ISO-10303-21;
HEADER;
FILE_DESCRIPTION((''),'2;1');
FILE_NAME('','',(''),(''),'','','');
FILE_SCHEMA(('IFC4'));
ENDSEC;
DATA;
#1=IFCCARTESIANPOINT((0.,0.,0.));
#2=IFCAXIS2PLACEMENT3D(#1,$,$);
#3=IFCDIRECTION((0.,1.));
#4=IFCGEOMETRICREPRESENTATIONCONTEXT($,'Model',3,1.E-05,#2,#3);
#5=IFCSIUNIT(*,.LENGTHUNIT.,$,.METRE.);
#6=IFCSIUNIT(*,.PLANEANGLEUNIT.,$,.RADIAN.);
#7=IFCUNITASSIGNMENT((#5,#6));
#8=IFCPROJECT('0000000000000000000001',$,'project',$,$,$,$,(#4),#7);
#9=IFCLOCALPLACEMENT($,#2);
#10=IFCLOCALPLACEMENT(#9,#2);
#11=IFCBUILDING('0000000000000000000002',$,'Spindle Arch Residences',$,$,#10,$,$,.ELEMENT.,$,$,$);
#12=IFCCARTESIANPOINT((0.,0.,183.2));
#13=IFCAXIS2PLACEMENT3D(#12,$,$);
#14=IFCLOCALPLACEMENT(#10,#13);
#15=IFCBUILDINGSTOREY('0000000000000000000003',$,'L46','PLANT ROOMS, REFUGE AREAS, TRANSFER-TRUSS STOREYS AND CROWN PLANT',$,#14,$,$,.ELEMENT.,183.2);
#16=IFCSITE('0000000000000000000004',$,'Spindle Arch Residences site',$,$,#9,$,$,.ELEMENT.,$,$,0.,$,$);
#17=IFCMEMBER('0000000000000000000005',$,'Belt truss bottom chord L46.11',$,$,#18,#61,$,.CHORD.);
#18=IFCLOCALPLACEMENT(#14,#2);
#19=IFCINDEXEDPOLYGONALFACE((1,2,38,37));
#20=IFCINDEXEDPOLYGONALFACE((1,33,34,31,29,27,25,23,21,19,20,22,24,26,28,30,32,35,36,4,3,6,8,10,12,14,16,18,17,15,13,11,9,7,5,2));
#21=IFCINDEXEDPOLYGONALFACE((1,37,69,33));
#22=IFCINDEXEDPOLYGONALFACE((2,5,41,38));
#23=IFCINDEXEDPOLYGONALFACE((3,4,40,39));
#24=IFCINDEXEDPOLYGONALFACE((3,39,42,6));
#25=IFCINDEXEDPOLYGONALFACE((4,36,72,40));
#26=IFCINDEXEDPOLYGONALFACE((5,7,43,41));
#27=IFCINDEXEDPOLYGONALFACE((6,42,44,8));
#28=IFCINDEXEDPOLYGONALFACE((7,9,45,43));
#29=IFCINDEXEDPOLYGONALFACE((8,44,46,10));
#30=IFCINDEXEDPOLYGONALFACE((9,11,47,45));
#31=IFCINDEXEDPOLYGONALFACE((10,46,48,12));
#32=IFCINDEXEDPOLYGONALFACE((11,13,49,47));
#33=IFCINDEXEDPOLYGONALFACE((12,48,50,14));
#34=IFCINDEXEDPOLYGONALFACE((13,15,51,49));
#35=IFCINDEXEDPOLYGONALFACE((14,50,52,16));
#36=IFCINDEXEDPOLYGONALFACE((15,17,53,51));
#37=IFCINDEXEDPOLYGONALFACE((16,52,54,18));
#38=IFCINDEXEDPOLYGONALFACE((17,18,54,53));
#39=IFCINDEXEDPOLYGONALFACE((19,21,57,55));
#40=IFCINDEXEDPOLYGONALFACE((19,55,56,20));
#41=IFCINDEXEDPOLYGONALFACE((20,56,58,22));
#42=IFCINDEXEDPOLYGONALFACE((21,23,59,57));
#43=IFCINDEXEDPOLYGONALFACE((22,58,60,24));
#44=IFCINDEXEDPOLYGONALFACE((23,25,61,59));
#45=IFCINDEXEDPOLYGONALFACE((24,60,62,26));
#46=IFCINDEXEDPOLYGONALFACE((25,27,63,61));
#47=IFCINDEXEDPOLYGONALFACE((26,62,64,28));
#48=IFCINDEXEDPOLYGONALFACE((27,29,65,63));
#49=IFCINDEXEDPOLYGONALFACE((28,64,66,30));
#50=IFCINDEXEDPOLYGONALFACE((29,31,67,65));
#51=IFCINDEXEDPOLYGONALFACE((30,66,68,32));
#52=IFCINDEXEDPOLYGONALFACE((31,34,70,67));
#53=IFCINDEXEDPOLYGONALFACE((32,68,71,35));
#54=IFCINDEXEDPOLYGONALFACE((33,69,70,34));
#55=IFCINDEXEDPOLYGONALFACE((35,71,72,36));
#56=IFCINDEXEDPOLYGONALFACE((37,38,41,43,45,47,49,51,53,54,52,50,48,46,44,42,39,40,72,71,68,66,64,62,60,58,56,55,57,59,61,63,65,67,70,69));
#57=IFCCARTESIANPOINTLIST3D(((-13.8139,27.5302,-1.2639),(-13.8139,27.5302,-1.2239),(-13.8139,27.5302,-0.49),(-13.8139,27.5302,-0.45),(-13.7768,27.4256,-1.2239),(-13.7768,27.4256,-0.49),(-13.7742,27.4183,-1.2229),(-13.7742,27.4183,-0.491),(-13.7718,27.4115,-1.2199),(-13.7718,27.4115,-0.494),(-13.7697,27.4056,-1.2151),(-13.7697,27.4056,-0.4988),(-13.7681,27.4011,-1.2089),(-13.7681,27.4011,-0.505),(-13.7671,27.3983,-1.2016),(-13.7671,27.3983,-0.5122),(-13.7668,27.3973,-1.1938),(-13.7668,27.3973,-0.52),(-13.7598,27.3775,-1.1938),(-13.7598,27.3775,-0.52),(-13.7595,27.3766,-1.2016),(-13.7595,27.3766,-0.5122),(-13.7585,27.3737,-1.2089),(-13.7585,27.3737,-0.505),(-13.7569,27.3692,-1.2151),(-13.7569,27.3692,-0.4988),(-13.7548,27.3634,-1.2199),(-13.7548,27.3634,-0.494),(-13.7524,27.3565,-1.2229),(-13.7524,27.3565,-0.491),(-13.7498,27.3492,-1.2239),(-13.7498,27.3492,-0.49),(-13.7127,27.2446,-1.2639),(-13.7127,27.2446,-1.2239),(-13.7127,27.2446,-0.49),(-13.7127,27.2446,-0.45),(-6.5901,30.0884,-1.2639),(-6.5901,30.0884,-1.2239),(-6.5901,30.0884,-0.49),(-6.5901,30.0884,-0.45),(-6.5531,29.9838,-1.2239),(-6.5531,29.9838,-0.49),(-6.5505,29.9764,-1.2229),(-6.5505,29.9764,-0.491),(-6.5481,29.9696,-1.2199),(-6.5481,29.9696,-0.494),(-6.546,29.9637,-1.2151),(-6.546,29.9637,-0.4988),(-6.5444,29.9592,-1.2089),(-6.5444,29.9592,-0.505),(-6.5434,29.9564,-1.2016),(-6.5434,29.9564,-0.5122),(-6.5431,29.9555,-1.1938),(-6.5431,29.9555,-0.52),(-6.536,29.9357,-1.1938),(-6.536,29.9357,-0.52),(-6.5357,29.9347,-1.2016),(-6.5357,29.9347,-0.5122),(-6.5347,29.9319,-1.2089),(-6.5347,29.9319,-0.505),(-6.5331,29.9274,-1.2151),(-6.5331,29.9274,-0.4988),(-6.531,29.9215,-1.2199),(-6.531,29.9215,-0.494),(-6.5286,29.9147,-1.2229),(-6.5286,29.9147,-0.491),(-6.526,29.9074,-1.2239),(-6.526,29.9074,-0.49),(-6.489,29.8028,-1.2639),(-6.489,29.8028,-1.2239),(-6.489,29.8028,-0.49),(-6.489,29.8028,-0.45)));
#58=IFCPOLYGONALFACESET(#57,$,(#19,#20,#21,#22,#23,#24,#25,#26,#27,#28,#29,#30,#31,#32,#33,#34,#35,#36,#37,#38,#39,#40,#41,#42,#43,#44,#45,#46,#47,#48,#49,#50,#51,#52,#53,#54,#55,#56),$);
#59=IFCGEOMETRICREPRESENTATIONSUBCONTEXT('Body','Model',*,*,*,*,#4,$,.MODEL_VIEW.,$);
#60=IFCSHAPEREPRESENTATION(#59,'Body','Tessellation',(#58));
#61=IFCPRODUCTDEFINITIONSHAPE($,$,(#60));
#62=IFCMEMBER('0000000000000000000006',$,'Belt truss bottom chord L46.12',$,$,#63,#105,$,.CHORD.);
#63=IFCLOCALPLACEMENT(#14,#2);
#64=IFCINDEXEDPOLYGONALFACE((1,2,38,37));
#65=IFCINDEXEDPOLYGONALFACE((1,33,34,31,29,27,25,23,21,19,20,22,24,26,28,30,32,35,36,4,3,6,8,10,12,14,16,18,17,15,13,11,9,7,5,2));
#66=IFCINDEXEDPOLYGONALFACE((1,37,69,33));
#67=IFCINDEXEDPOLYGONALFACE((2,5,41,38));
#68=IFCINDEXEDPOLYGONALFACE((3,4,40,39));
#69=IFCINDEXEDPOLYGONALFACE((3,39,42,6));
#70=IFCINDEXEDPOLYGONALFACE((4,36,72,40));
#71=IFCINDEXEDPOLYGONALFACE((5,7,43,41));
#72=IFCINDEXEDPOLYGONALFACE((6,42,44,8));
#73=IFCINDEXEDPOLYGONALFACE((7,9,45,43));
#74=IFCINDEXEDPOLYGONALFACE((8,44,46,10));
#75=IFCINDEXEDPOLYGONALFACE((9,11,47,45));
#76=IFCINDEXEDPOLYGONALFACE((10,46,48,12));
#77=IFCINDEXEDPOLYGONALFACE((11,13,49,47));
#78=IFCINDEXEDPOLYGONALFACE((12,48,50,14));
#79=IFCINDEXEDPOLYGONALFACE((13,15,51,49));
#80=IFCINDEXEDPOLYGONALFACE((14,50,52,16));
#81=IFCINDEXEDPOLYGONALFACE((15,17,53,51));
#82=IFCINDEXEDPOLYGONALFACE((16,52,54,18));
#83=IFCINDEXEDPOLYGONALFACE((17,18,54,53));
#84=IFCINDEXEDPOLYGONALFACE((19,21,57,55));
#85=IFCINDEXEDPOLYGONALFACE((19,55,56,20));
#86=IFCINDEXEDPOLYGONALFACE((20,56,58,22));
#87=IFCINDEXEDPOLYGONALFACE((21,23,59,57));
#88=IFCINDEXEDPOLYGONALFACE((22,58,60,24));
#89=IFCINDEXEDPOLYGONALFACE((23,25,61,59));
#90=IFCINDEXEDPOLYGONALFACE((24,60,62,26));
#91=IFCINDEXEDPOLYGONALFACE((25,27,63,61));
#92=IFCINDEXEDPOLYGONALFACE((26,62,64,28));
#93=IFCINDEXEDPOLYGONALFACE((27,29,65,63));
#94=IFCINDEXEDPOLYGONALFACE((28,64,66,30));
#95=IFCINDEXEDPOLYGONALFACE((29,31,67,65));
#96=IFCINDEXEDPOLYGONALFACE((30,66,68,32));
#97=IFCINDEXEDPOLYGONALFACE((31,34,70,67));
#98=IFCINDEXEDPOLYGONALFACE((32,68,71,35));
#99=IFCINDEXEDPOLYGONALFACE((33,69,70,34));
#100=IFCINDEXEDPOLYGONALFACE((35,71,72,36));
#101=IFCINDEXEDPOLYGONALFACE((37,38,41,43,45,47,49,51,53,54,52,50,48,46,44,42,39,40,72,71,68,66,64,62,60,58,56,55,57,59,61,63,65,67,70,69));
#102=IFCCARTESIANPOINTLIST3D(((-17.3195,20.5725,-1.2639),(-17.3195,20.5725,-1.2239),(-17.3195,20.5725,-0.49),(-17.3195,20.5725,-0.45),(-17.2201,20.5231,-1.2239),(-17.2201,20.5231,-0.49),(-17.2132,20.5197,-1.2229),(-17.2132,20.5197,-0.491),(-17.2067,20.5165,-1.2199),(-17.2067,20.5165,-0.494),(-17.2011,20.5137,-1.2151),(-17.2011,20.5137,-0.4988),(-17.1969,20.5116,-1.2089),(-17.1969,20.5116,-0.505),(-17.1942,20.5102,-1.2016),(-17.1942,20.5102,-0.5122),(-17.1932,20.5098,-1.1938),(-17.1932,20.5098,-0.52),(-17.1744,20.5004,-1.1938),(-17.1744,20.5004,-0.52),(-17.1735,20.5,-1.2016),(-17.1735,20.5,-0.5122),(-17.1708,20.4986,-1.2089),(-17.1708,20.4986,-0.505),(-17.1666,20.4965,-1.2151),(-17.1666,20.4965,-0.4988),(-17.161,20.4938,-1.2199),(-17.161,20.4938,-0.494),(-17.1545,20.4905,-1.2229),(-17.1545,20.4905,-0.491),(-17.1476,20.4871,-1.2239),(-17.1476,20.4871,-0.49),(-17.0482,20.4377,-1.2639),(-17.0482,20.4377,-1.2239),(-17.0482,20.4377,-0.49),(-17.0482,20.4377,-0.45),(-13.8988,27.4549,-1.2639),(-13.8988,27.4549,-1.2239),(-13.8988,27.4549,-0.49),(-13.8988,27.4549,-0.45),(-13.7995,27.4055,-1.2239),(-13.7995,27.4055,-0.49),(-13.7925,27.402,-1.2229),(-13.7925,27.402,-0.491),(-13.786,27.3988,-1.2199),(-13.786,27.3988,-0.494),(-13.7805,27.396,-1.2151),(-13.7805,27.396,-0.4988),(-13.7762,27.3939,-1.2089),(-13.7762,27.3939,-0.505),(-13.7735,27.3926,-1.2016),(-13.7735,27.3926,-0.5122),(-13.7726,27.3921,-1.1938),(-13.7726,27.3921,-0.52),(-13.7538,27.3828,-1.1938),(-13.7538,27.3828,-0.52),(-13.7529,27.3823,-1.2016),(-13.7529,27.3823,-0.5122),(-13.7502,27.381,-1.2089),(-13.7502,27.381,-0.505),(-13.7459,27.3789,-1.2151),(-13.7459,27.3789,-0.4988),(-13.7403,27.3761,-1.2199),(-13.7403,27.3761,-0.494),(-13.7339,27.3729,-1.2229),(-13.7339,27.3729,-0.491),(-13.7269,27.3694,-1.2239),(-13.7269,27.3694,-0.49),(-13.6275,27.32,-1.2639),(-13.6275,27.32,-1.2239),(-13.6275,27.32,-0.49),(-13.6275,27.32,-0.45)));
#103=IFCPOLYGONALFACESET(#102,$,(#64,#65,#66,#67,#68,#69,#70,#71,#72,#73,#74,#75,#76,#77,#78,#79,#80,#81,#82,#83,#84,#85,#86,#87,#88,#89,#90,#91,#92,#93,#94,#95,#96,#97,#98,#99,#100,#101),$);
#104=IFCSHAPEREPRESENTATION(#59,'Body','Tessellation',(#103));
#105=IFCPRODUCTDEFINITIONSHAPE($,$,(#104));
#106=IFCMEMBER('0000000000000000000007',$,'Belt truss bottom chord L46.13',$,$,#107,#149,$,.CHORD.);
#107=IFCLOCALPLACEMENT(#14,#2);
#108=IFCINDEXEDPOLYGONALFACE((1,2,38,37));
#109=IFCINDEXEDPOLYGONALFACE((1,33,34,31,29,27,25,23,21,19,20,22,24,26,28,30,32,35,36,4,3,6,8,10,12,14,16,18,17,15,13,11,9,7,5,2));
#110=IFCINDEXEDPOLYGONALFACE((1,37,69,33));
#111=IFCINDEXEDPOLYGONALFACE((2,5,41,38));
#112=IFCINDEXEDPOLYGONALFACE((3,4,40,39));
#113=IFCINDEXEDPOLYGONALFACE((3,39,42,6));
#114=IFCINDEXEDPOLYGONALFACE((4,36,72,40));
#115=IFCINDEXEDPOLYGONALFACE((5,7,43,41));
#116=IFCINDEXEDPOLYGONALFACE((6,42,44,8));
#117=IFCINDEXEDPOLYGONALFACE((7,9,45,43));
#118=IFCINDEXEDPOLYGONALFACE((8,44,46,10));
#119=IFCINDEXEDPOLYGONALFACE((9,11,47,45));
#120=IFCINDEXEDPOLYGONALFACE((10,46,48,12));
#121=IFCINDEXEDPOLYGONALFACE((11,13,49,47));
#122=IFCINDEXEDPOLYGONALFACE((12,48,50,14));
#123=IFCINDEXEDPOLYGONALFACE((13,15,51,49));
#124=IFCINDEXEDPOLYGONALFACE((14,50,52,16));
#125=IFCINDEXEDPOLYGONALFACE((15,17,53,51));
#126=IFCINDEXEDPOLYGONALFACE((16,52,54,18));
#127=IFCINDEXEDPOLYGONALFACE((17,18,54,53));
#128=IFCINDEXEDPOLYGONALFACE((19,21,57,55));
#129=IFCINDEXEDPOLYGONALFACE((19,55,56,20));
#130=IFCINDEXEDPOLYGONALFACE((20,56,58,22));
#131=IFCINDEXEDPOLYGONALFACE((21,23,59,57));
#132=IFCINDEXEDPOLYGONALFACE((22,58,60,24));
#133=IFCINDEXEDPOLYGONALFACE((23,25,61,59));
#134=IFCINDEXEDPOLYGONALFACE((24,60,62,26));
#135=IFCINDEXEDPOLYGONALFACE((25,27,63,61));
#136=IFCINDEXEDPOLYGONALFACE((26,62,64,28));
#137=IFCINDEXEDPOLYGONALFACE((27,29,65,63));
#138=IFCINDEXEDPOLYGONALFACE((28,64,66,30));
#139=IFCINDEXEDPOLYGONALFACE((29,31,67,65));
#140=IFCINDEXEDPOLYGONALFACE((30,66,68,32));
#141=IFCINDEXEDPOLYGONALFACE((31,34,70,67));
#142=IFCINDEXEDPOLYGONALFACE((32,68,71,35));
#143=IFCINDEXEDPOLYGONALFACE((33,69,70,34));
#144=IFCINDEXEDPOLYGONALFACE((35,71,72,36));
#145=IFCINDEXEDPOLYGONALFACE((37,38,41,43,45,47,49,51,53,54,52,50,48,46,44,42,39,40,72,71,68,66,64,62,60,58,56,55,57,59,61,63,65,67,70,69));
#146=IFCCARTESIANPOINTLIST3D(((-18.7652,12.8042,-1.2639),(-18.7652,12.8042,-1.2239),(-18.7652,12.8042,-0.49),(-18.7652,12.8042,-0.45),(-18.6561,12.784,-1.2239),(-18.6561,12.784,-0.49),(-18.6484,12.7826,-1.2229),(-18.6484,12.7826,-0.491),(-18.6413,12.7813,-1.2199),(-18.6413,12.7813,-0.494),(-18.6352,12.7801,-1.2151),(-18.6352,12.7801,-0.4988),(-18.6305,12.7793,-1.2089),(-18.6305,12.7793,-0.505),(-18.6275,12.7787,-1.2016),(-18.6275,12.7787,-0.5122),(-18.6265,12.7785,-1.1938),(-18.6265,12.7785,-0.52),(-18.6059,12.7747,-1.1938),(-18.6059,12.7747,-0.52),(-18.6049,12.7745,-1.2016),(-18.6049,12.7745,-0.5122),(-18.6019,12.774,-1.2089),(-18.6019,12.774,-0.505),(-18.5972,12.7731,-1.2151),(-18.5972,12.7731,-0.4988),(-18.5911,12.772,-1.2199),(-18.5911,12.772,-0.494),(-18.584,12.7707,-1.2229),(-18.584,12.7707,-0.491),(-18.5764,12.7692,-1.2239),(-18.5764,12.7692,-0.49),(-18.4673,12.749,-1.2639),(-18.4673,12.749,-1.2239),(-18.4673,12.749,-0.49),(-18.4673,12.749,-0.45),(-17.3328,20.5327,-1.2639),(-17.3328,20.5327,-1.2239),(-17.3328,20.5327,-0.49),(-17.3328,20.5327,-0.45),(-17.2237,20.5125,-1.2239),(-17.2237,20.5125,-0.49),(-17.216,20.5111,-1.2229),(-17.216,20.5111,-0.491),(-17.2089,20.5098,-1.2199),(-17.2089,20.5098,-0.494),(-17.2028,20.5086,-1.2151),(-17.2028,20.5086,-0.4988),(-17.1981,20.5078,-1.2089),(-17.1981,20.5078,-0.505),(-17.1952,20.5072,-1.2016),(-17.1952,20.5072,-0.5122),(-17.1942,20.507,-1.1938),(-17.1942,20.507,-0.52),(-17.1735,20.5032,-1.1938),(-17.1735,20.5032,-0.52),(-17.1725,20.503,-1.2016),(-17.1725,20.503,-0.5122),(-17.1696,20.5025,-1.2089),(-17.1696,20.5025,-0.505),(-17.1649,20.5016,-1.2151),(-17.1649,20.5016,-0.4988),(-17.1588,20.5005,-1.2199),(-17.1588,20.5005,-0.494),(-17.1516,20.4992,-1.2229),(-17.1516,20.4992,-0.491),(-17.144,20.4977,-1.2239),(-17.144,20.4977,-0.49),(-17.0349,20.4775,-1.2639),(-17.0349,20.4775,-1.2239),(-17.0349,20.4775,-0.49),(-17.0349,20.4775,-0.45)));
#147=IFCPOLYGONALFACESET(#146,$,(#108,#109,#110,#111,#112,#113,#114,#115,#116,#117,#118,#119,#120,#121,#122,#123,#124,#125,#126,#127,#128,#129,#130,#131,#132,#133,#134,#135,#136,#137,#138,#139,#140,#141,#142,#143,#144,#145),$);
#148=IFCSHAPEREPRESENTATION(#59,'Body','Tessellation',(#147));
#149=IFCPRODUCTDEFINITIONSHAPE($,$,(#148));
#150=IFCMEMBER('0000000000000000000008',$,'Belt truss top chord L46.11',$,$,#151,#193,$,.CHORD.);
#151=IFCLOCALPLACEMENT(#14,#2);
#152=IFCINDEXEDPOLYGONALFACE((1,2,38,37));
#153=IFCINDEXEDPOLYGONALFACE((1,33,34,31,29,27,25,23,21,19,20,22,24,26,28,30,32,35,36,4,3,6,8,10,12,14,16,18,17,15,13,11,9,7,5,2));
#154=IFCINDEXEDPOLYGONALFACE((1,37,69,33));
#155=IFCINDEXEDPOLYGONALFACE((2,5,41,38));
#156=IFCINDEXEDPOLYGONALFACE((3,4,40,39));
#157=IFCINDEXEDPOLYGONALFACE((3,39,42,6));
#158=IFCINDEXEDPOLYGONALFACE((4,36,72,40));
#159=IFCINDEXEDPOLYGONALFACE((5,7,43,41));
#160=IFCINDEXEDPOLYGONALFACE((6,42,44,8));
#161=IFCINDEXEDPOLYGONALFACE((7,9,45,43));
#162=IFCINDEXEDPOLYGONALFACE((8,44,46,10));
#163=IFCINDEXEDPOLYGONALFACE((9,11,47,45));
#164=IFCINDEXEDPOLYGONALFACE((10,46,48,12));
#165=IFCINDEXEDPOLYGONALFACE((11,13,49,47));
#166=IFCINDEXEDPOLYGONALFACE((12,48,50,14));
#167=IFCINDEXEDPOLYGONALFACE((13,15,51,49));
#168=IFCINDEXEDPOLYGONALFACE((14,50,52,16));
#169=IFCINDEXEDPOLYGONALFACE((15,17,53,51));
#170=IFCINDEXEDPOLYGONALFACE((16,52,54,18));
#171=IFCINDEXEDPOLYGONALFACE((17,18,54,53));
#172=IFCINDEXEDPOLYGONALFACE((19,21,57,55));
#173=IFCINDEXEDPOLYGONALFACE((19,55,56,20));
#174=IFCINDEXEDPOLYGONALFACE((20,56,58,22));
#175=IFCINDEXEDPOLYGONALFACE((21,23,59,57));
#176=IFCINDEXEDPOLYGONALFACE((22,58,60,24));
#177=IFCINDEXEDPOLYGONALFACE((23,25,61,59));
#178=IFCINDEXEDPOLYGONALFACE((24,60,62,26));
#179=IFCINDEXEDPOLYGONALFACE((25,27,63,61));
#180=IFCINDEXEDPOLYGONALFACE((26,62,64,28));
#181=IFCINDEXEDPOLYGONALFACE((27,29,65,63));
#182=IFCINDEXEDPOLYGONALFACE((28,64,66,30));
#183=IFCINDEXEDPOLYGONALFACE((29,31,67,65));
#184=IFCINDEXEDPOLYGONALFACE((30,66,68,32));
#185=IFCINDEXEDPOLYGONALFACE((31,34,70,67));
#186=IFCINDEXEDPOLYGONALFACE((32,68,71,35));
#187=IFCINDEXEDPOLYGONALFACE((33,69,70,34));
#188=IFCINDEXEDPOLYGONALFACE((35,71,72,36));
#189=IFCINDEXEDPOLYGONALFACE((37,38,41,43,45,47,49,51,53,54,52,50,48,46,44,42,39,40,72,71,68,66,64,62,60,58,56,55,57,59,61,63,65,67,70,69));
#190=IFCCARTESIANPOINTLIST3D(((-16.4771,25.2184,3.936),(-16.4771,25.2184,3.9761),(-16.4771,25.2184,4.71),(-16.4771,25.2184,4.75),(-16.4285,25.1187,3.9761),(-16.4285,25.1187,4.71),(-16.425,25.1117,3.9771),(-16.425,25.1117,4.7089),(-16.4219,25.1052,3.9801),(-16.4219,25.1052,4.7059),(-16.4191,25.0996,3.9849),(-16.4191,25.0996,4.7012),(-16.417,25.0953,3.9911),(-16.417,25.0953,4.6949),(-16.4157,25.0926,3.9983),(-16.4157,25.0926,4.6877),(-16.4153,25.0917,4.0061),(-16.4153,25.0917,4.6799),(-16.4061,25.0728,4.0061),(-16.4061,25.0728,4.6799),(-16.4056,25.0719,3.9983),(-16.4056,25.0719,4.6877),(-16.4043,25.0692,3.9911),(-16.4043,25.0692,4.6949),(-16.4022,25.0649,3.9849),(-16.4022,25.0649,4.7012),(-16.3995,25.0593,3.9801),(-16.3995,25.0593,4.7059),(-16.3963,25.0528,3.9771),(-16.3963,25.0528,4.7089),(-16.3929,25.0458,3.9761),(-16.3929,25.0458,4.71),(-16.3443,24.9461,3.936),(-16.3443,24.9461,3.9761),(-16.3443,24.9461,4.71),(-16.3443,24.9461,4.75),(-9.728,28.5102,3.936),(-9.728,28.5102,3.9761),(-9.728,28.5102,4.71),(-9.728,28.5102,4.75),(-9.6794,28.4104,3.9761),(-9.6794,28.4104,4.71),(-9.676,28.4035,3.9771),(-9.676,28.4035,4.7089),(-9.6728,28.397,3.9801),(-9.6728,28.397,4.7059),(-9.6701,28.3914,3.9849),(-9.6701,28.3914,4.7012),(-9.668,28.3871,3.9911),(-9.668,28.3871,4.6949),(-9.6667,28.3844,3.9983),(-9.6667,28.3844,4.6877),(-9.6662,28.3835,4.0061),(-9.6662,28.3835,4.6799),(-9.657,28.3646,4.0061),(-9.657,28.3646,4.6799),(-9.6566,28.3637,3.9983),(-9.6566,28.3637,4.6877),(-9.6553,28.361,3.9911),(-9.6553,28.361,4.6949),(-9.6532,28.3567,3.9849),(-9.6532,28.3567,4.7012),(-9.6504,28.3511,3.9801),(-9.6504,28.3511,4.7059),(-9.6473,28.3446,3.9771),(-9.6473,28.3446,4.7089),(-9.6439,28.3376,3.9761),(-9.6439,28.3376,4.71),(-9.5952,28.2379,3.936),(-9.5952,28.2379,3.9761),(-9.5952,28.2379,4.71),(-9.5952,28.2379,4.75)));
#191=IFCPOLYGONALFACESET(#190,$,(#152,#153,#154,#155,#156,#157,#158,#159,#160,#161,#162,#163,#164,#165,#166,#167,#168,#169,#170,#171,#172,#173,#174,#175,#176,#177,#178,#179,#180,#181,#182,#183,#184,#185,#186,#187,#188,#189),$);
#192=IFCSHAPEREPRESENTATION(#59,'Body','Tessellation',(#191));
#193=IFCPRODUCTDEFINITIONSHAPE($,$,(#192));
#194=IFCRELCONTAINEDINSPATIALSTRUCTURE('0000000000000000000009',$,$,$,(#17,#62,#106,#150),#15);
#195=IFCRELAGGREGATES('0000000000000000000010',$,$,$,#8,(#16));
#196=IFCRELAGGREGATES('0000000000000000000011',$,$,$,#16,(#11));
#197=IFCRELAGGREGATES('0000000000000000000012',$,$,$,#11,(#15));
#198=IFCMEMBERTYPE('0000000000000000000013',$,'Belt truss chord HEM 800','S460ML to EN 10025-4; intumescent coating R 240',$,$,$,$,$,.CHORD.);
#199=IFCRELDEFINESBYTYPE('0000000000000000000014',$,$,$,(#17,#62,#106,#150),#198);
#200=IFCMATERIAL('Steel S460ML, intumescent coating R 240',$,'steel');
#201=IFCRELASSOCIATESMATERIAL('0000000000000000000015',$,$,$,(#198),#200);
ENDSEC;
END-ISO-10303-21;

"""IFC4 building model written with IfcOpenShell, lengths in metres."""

from ifc_helpers import new_model, si_unit, direction, frame, origin, origin_2d, place, context, subcontext, project, spatial, i_section, extrude, material, material_profile, profile_set, type_object, element, save


model = new_model("IFC4")

# Units and contexts
model_context = context("Model", 3, precision=1e-05, world=origin(), true_north=direction((0.0, 1.0)))
body_context = subcontext(model_context, "Body", "Model", "MODEL_VIEW")
ifc_project = project(units=[si_unit("LENGTHUNIT", "METRE"), si_unit("PLANEANGLEUNIT", "RADIAN")], contexts=[model_context])

# Site, building, storey
site_placement = place(None, origin())
site = spatial("IfcSite", under=ifc_project, at=site_placement, Name="Spindle Arch Residences site", CompositionType="ELEMENT", RefElevation=0.0)
building_placement = place(site_placement, origin())
building = spatial("IfcBuilding", under=site, at=building_placement, Name="Spindle Arch Residences", CompositionType="ELEMENT")
storey_placement = place(building_placement, frame((0.0, 0.0, 183.2)))
storey = spatial("IfcBuildingStorey", under=building, at=storey_placement, Name="L46", Description="PLANT ROOMS, REFUGE AREAS, TRANSFER-TRUSS STOREYS AND CROWN PLANT", CompositionType="ELEMENT", Elevation=183.2)

# Members
ifc_material_1 = material(Name="Steel S460ML, intumescent coating R 240", Category="steel")
ifc_material_profile_1 = material_profile(ifc_material_1, i_section(OverallWidth=0.303, OverallDepth=0.814, WebThickness=0.021, FlangeThickness=0.04, FilletRadius=0.03, at=origin_2d()), Name="HEM 800")
ifc_profile_set_1 = profile_set([ifc_material_profile_1], Name="Steel S460ML, intumescent coating R 240")
member_type_1 = type_object("IfcMemberType", Name="Belt truss chord HEM 800", Description="S460ML to EN 10025-4; intumescent coating R 240", PredefinedType="CHORD", material=ifc_profile_set_1)
member_1_placement = place(storey_placement, frame((-6.5396, 29.9456, -0.8569), z_axis=(-0.942638, -0.333816, 0.0), x_axis=(0.333816, -0.942638, 0.0)))
element("IfcMember", 1, at=member_1_placement, inside=storey, type_object=member_type_1, Name="Belt truss bottom chord L46.11", PredefinedType="CHORD", context=body_context, shape_type="SweptSolid", body=[
    extrude(i_section(OverallWidth=0.303, OverallDepth=0.814, WebThickness=0.021, FlangeThickness=0.04, FilletRadius=0.03, at=origin_2d()), origin(), (0.0, 0.0, 1.0), 7.6633),
])
member_2_placement = place(storey_placement, frame((-13.7632, 27.3875, -0.8569), z_axis=(-0.445078, -0.895492, 0.0), x_axis=(0.895492, -0.445078, 0.0)))
element("IfcMember", 2, at=member_2_placement, inside=storey, type_object=member_type_1, Name="Belt truss bottom chord L46.12", PredefinedType="CHORD", context=body_context, shape_type="SweptSolid", body=[
    extrude(i_section(OverallWidth=0.303, OverallDepth=0.814, WebThickness=0.021, FlangeThickness=0.04, FilletRadius=0.03, at=origin_2d()), origin(), (0.0, 0.0, 1.0), 7.6855),
])
member_3_placement = place(storey_placement, frame((-17.1838, 20.5051, -0.8569), z_axis=(-0.182233, -0.983255, 0.0), x_axis=(0.983255, -0.182233, 0.0)))
element("IfcMember", 3, at=member_3_placement, inside=storey, type_object=member_type_1, Name="Belt truss bottom chord L46.13", PredefinedType="CHORD", context=body_context, shape_type="SweptSolid", body=[
    extrude(i_section(OverallWidth=0.303, OverallDepth=0.814, WebThickness=0.021, FlangeThickness=0.04, FilletRadius=0.03, at=origin_2d()), origin(), (0.0, 0.0, 1.0), 7.8601),
])
member_4_placement = place(storey_placement, frame((-9.6616, 28.374, 4.343), z_axis=(-0.898793, -0.438374, 0.0), x_axis=(0.438374, -0.898793, 0.0)))
element("IfcMember", 4, at=member_4_placement, inside=storey, type_object=member_type_1, Name="Belt truss top chord L46.11", PredefinedType="CHORD", context=body_context, shape_type="SweptSolid", body=[
    extrude(i_section(OverallWidth=0.303, OverallDepth=0.814, WebThickness=0.021, FlangeThickness=0.04, FilletRadius=0.03, at=origin_2d()), origin(), (0.0, 0.0, 1.0), 7.509),
])

save(model, "model.ifc")
